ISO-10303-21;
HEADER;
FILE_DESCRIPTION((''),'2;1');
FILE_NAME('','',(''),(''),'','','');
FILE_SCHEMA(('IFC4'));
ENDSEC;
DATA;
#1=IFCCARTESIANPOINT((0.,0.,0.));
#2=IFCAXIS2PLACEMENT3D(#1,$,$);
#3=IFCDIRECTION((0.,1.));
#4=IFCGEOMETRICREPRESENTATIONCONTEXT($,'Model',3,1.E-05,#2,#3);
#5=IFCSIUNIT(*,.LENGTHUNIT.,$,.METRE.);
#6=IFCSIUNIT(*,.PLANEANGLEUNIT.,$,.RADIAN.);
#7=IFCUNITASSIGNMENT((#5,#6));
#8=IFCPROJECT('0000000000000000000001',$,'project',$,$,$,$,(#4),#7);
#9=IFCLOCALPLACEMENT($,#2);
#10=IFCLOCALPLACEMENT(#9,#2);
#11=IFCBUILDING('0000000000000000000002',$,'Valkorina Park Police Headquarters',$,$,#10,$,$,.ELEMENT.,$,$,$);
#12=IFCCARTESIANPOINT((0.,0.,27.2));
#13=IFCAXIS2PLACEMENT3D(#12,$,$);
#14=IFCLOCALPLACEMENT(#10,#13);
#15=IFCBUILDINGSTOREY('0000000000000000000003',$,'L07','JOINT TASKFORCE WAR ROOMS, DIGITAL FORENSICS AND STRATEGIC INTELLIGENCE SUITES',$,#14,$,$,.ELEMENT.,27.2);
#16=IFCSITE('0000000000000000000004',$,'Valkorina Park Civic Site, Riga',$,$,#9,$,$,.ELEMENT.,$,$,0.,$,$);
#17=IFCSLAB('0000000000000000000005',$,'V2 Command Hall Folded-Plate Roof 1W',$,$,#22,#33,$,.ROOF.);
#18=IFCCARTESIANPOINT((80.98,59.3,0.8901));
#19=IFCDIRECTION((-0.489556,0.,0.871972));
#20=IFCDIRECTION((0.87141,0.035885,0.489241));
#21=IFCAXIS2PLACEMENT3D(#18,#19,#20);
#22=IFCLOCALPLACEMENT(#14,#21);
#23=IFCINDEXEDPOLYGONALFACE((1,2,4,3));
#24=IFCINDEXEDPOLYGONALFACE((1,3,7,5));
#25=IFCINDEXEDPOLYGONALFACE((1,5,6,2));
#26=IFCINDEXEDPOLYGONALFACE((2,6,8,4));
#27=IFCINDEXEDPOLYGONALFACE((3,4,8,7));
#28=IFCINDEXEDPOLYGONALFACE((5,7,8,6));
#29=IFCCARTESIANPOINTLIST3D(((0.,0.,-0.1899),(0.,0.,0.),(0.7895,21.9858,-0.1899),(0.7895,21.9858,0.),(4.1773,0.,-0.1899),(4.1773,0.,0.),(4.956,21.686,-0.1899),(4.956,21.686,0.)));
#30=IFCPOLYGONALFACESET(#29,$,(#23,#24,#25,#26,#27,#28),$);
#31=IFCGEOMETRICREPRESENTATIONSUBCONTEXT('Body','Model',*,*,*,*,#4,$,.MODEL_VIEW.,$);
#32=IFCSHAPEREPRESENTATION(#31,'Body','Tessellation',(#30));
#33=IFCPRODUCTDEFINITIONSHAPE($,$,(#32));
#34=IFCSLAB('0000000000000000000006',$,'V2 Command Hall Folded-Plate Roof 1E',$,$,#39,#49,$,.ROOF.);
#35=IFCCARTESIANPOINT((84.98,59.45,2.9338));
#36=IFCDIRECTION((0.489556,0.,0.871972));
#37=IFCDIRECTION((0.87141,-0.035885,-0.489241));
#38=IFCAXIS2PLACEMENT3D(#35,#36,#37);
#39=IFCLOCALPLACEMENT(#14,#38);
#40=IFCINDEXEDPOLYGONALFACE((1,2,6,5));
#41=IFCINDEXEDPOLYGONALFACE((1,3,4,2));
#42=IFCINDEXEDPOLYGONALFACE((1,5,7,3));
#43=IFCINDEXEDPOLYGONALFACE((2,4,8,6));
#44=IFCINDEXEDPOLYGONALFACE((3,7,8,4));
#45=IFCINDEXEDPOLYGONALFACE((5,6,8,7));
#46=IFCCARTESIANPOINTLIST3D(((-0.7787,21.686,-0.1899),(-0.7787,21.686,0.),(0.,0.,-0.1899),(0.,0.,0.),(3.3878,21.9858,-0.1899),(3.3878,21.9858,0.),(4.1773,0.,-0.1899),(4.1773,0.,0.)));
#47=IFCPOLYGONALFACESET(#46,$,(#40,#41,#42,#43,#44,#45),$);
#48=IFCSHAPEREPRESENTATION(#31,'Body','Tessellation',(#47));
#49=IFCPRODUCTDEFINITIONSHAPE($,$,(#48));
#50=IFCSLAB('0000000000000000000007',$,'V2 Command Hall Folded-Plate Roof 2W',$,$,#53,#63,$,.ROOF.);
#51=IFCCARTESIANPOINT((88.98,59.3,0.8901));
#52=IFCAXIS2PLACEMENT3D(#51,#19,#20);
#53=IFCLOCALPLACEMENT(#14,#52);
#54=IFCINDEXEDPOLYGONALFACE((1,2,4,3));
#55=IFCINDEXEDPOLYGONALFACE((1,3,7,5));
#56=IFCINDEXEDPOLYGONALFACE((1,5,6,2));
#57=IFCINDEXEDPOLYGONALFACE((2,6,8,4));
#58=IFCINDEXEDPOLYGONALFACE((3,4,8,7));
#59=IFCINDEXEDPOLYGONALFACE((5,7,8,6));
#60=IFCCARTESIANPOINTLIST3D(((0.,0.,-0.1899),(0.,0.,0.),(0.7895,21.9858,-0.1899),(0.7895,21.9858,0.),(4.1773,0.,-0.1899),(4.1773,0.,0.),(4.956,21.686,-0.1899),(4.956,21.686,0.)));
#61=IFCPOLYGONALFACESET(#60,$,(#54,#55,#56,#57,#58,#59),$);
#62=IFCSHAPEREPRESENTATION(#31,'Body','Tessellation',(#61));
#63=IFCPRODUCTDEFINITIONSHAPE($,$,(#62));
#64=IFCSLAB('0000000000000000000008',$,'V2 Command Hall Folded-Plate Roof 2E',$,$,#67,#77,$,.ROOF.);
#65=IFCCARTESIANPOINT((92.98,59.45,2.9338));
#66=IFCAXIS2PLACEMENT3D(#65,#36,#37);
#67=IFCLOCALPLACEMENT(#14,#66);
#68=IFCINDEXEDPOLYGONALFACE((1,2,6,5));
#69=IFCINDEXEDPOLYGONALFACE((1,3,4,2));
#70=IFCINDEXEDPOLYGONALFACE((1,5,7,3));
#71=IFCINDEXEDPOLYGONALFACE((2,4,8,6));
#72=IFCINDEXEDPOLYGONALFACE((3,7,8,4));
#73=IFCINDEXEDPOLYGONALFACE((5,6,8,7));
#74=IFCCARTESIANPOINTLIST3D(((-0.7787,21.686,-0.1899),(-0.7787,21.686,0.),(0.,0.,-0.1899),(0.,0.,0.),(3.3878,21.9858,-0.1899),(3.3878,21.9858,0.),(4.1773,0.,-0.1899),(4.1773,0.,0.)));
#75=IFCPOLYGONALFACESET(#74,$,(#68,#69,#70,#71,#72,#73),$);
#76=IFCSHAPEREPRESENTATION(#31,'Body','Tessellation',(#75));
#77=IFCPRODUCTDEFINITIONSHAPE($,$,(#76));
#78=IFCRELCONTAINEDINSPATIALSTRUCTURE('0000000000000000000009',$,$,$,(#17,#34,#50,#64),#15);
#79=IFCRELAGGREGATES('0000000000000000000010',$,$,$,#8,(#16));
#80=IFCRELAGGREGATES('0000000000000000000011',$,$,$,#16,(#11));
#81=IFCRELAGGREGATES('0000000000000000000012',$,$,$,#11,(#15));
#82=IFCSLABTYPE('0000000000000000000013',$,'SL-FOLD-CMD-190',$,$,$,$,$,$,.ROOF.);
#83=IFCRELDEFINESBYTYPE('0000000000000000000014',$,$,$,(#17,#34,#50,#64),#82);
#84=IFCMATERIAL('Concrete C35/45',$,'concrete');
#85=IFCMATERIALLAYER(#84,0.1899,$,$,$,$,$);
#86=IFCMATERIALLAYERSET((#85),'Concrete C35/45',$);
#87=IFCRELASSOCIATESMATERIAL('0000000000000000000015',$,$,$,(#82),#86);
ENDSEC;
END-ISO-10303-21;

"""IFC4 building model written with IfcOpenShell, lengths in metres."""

from ifc_helpers import new_model, si_unit, direction, frame, origin, place, context, subcontext, project, spatial, polyline, outline, extrude, material, layer, layer_set, type_object, element, save


model = new_model("IFC4")

# Units and contexts
model_context = context("Model", 3, precision=1e-05, world=origin(), true_north=direction((0.0, 1.0)))
body_context = subcontext(model_context, "Body", "Model", "MODEL_VIEW")
ifc_project = project(units=[si_unit("LENGTHUNIT", "METRE"), si_unit("PLANEANGLEUNIT", "RADIAN")], contexts=[model_context])

# Site, building, storey
site_placement = place(None, origin())
site = spatial("IfcSite", under=ifc_project, at=site_placement, Name="Valkorina Park Civic Site, Riga", CompositionType="ELEMENT", RefElevation=0.0)
building_placement = place(site_placement, origin())
building = spatial("IfcBuilding", under=site, at=building_placement, Name="Valkorina Park Police Headquarters", CompositionType="ELEMENT")
storey_placement = place(building_placement, frame((0.0, 0.0, 27.2)))
storey = spatial("IfcBuildingStorey", under=building, at=storey_placement, Name="L07", Description="JOINT TASKFORCE WAR ROOMS, DIGITAL FORENSICS AND STRATEGIC INTELLIGENCE SUITES", CompositionType="ELEMENT", Elevation=27.2)

# Slabs
ifc_material_1 = material(Name="Concrete C35/45", Category="concrete")
ifc_layer_1 = layer(ifc_material_1, 0.1899)
ifc_layer_set_1 = layer_set([ifc_layer_1], Name="Concrete C35/45")
slab_type = type_object("IfcSlabType", Name="SL-FOLD-CMD-190", PredefinedType="ROOF", material=ifc_layer_set_1)
slab_1_placement = place(storey_placement, frame((80.98, 59.3, 0.8901), z_axis=(-0.489556, 0.0, 0.871972), x_axis=(0.87141, 0.035885, 0.489241)))
element("IfcSlab", 1, at=slab_1_placement, inside=storey, type_object=slab_type, Name="V2 Command Hall Folded-Plate Roof 1W", PredefinedType="ROOF", context=body_context, shape_type="SweptSolid", body=[
    extrude(outline(polyline([(0.0, 0.0), (4.1773, 0.0), (4.956, 21.686), (0.7895, 21.9858), (0.0, 0.0)])), origin(), (0.0, 0.0, -1.0), 0.1899),
])
slab_2_placement = place(storey_placement, frame((84.98, 59.45, 2.9338), z_axis=(0.489556, 0.0, 0.871972), x_axis=(0.87141, -0.035885, -0.489241)))
element("IfcSlab", 2, at=slab_2_placement, inside=storey, type_object=slab_type, Name="V2 Command Hall Folded-Plate Roof 1E", PredefinedType="ROOF", context=body_context, shape_type="SweptSolid", body=[
    extrude(outline(polyline([(0.0, 0.0), (4.1773, 0.0), (3.3878, 21.9858), (-0.7787, 21.686), (0.0, 0.0)])), origin(), (0.0, 0.0, -1.0), 0.1899),
])
slab_3_placement = place(storey_placement, frame((88.98, 59.3, 0.8901), z_axis=(-0.489556, 0.0, 0.871972), x_axis=(0.87141, 0.035885, 0.489241)))
element("IfcSlab", 3, at=slab_3_placement, inside=storey, type_object=slab_type, Name="V2 Command Hall Folded-Plate Roof 2W", PredefinedType="ROOF", context=body_context, shape_type="SweptSolid", body=[
    extrude(outline(polyline([(0.0, 0.0), (4.1773, 0.0), (4.956, 21.686), (0.7895, 21.9858), (0.0, 0.0)])), origin(), (0.0, 0.0, -1.0), 0.1899),
])
slab_4_placement = place(storey_placement, frame((92.98, 59.45, 2.9338), z_axis=(0.489556, 0.0, 0.871972), x_axis=(0.87141, -0.035885, -0.489241)))
element("IfcSlab", 4, at=slab_4_placement, inside=storey, type_object=slab_type, Name="V2 Command Hall Folded-Plate Roof 2E", PredefinedType="ROOF", context=body_context, shape_type="SweptSolid", body=[
    extrude(outline(polyline([(0.0, 0.0), (4.1773, 0.0), (3.3878, 21.9858), (-0.7787, 21.686), (0.0, 0.0)])), origin(), (0.0, 0.0, -1.0), 0.1899),
])

save(model, "model.ifc")
